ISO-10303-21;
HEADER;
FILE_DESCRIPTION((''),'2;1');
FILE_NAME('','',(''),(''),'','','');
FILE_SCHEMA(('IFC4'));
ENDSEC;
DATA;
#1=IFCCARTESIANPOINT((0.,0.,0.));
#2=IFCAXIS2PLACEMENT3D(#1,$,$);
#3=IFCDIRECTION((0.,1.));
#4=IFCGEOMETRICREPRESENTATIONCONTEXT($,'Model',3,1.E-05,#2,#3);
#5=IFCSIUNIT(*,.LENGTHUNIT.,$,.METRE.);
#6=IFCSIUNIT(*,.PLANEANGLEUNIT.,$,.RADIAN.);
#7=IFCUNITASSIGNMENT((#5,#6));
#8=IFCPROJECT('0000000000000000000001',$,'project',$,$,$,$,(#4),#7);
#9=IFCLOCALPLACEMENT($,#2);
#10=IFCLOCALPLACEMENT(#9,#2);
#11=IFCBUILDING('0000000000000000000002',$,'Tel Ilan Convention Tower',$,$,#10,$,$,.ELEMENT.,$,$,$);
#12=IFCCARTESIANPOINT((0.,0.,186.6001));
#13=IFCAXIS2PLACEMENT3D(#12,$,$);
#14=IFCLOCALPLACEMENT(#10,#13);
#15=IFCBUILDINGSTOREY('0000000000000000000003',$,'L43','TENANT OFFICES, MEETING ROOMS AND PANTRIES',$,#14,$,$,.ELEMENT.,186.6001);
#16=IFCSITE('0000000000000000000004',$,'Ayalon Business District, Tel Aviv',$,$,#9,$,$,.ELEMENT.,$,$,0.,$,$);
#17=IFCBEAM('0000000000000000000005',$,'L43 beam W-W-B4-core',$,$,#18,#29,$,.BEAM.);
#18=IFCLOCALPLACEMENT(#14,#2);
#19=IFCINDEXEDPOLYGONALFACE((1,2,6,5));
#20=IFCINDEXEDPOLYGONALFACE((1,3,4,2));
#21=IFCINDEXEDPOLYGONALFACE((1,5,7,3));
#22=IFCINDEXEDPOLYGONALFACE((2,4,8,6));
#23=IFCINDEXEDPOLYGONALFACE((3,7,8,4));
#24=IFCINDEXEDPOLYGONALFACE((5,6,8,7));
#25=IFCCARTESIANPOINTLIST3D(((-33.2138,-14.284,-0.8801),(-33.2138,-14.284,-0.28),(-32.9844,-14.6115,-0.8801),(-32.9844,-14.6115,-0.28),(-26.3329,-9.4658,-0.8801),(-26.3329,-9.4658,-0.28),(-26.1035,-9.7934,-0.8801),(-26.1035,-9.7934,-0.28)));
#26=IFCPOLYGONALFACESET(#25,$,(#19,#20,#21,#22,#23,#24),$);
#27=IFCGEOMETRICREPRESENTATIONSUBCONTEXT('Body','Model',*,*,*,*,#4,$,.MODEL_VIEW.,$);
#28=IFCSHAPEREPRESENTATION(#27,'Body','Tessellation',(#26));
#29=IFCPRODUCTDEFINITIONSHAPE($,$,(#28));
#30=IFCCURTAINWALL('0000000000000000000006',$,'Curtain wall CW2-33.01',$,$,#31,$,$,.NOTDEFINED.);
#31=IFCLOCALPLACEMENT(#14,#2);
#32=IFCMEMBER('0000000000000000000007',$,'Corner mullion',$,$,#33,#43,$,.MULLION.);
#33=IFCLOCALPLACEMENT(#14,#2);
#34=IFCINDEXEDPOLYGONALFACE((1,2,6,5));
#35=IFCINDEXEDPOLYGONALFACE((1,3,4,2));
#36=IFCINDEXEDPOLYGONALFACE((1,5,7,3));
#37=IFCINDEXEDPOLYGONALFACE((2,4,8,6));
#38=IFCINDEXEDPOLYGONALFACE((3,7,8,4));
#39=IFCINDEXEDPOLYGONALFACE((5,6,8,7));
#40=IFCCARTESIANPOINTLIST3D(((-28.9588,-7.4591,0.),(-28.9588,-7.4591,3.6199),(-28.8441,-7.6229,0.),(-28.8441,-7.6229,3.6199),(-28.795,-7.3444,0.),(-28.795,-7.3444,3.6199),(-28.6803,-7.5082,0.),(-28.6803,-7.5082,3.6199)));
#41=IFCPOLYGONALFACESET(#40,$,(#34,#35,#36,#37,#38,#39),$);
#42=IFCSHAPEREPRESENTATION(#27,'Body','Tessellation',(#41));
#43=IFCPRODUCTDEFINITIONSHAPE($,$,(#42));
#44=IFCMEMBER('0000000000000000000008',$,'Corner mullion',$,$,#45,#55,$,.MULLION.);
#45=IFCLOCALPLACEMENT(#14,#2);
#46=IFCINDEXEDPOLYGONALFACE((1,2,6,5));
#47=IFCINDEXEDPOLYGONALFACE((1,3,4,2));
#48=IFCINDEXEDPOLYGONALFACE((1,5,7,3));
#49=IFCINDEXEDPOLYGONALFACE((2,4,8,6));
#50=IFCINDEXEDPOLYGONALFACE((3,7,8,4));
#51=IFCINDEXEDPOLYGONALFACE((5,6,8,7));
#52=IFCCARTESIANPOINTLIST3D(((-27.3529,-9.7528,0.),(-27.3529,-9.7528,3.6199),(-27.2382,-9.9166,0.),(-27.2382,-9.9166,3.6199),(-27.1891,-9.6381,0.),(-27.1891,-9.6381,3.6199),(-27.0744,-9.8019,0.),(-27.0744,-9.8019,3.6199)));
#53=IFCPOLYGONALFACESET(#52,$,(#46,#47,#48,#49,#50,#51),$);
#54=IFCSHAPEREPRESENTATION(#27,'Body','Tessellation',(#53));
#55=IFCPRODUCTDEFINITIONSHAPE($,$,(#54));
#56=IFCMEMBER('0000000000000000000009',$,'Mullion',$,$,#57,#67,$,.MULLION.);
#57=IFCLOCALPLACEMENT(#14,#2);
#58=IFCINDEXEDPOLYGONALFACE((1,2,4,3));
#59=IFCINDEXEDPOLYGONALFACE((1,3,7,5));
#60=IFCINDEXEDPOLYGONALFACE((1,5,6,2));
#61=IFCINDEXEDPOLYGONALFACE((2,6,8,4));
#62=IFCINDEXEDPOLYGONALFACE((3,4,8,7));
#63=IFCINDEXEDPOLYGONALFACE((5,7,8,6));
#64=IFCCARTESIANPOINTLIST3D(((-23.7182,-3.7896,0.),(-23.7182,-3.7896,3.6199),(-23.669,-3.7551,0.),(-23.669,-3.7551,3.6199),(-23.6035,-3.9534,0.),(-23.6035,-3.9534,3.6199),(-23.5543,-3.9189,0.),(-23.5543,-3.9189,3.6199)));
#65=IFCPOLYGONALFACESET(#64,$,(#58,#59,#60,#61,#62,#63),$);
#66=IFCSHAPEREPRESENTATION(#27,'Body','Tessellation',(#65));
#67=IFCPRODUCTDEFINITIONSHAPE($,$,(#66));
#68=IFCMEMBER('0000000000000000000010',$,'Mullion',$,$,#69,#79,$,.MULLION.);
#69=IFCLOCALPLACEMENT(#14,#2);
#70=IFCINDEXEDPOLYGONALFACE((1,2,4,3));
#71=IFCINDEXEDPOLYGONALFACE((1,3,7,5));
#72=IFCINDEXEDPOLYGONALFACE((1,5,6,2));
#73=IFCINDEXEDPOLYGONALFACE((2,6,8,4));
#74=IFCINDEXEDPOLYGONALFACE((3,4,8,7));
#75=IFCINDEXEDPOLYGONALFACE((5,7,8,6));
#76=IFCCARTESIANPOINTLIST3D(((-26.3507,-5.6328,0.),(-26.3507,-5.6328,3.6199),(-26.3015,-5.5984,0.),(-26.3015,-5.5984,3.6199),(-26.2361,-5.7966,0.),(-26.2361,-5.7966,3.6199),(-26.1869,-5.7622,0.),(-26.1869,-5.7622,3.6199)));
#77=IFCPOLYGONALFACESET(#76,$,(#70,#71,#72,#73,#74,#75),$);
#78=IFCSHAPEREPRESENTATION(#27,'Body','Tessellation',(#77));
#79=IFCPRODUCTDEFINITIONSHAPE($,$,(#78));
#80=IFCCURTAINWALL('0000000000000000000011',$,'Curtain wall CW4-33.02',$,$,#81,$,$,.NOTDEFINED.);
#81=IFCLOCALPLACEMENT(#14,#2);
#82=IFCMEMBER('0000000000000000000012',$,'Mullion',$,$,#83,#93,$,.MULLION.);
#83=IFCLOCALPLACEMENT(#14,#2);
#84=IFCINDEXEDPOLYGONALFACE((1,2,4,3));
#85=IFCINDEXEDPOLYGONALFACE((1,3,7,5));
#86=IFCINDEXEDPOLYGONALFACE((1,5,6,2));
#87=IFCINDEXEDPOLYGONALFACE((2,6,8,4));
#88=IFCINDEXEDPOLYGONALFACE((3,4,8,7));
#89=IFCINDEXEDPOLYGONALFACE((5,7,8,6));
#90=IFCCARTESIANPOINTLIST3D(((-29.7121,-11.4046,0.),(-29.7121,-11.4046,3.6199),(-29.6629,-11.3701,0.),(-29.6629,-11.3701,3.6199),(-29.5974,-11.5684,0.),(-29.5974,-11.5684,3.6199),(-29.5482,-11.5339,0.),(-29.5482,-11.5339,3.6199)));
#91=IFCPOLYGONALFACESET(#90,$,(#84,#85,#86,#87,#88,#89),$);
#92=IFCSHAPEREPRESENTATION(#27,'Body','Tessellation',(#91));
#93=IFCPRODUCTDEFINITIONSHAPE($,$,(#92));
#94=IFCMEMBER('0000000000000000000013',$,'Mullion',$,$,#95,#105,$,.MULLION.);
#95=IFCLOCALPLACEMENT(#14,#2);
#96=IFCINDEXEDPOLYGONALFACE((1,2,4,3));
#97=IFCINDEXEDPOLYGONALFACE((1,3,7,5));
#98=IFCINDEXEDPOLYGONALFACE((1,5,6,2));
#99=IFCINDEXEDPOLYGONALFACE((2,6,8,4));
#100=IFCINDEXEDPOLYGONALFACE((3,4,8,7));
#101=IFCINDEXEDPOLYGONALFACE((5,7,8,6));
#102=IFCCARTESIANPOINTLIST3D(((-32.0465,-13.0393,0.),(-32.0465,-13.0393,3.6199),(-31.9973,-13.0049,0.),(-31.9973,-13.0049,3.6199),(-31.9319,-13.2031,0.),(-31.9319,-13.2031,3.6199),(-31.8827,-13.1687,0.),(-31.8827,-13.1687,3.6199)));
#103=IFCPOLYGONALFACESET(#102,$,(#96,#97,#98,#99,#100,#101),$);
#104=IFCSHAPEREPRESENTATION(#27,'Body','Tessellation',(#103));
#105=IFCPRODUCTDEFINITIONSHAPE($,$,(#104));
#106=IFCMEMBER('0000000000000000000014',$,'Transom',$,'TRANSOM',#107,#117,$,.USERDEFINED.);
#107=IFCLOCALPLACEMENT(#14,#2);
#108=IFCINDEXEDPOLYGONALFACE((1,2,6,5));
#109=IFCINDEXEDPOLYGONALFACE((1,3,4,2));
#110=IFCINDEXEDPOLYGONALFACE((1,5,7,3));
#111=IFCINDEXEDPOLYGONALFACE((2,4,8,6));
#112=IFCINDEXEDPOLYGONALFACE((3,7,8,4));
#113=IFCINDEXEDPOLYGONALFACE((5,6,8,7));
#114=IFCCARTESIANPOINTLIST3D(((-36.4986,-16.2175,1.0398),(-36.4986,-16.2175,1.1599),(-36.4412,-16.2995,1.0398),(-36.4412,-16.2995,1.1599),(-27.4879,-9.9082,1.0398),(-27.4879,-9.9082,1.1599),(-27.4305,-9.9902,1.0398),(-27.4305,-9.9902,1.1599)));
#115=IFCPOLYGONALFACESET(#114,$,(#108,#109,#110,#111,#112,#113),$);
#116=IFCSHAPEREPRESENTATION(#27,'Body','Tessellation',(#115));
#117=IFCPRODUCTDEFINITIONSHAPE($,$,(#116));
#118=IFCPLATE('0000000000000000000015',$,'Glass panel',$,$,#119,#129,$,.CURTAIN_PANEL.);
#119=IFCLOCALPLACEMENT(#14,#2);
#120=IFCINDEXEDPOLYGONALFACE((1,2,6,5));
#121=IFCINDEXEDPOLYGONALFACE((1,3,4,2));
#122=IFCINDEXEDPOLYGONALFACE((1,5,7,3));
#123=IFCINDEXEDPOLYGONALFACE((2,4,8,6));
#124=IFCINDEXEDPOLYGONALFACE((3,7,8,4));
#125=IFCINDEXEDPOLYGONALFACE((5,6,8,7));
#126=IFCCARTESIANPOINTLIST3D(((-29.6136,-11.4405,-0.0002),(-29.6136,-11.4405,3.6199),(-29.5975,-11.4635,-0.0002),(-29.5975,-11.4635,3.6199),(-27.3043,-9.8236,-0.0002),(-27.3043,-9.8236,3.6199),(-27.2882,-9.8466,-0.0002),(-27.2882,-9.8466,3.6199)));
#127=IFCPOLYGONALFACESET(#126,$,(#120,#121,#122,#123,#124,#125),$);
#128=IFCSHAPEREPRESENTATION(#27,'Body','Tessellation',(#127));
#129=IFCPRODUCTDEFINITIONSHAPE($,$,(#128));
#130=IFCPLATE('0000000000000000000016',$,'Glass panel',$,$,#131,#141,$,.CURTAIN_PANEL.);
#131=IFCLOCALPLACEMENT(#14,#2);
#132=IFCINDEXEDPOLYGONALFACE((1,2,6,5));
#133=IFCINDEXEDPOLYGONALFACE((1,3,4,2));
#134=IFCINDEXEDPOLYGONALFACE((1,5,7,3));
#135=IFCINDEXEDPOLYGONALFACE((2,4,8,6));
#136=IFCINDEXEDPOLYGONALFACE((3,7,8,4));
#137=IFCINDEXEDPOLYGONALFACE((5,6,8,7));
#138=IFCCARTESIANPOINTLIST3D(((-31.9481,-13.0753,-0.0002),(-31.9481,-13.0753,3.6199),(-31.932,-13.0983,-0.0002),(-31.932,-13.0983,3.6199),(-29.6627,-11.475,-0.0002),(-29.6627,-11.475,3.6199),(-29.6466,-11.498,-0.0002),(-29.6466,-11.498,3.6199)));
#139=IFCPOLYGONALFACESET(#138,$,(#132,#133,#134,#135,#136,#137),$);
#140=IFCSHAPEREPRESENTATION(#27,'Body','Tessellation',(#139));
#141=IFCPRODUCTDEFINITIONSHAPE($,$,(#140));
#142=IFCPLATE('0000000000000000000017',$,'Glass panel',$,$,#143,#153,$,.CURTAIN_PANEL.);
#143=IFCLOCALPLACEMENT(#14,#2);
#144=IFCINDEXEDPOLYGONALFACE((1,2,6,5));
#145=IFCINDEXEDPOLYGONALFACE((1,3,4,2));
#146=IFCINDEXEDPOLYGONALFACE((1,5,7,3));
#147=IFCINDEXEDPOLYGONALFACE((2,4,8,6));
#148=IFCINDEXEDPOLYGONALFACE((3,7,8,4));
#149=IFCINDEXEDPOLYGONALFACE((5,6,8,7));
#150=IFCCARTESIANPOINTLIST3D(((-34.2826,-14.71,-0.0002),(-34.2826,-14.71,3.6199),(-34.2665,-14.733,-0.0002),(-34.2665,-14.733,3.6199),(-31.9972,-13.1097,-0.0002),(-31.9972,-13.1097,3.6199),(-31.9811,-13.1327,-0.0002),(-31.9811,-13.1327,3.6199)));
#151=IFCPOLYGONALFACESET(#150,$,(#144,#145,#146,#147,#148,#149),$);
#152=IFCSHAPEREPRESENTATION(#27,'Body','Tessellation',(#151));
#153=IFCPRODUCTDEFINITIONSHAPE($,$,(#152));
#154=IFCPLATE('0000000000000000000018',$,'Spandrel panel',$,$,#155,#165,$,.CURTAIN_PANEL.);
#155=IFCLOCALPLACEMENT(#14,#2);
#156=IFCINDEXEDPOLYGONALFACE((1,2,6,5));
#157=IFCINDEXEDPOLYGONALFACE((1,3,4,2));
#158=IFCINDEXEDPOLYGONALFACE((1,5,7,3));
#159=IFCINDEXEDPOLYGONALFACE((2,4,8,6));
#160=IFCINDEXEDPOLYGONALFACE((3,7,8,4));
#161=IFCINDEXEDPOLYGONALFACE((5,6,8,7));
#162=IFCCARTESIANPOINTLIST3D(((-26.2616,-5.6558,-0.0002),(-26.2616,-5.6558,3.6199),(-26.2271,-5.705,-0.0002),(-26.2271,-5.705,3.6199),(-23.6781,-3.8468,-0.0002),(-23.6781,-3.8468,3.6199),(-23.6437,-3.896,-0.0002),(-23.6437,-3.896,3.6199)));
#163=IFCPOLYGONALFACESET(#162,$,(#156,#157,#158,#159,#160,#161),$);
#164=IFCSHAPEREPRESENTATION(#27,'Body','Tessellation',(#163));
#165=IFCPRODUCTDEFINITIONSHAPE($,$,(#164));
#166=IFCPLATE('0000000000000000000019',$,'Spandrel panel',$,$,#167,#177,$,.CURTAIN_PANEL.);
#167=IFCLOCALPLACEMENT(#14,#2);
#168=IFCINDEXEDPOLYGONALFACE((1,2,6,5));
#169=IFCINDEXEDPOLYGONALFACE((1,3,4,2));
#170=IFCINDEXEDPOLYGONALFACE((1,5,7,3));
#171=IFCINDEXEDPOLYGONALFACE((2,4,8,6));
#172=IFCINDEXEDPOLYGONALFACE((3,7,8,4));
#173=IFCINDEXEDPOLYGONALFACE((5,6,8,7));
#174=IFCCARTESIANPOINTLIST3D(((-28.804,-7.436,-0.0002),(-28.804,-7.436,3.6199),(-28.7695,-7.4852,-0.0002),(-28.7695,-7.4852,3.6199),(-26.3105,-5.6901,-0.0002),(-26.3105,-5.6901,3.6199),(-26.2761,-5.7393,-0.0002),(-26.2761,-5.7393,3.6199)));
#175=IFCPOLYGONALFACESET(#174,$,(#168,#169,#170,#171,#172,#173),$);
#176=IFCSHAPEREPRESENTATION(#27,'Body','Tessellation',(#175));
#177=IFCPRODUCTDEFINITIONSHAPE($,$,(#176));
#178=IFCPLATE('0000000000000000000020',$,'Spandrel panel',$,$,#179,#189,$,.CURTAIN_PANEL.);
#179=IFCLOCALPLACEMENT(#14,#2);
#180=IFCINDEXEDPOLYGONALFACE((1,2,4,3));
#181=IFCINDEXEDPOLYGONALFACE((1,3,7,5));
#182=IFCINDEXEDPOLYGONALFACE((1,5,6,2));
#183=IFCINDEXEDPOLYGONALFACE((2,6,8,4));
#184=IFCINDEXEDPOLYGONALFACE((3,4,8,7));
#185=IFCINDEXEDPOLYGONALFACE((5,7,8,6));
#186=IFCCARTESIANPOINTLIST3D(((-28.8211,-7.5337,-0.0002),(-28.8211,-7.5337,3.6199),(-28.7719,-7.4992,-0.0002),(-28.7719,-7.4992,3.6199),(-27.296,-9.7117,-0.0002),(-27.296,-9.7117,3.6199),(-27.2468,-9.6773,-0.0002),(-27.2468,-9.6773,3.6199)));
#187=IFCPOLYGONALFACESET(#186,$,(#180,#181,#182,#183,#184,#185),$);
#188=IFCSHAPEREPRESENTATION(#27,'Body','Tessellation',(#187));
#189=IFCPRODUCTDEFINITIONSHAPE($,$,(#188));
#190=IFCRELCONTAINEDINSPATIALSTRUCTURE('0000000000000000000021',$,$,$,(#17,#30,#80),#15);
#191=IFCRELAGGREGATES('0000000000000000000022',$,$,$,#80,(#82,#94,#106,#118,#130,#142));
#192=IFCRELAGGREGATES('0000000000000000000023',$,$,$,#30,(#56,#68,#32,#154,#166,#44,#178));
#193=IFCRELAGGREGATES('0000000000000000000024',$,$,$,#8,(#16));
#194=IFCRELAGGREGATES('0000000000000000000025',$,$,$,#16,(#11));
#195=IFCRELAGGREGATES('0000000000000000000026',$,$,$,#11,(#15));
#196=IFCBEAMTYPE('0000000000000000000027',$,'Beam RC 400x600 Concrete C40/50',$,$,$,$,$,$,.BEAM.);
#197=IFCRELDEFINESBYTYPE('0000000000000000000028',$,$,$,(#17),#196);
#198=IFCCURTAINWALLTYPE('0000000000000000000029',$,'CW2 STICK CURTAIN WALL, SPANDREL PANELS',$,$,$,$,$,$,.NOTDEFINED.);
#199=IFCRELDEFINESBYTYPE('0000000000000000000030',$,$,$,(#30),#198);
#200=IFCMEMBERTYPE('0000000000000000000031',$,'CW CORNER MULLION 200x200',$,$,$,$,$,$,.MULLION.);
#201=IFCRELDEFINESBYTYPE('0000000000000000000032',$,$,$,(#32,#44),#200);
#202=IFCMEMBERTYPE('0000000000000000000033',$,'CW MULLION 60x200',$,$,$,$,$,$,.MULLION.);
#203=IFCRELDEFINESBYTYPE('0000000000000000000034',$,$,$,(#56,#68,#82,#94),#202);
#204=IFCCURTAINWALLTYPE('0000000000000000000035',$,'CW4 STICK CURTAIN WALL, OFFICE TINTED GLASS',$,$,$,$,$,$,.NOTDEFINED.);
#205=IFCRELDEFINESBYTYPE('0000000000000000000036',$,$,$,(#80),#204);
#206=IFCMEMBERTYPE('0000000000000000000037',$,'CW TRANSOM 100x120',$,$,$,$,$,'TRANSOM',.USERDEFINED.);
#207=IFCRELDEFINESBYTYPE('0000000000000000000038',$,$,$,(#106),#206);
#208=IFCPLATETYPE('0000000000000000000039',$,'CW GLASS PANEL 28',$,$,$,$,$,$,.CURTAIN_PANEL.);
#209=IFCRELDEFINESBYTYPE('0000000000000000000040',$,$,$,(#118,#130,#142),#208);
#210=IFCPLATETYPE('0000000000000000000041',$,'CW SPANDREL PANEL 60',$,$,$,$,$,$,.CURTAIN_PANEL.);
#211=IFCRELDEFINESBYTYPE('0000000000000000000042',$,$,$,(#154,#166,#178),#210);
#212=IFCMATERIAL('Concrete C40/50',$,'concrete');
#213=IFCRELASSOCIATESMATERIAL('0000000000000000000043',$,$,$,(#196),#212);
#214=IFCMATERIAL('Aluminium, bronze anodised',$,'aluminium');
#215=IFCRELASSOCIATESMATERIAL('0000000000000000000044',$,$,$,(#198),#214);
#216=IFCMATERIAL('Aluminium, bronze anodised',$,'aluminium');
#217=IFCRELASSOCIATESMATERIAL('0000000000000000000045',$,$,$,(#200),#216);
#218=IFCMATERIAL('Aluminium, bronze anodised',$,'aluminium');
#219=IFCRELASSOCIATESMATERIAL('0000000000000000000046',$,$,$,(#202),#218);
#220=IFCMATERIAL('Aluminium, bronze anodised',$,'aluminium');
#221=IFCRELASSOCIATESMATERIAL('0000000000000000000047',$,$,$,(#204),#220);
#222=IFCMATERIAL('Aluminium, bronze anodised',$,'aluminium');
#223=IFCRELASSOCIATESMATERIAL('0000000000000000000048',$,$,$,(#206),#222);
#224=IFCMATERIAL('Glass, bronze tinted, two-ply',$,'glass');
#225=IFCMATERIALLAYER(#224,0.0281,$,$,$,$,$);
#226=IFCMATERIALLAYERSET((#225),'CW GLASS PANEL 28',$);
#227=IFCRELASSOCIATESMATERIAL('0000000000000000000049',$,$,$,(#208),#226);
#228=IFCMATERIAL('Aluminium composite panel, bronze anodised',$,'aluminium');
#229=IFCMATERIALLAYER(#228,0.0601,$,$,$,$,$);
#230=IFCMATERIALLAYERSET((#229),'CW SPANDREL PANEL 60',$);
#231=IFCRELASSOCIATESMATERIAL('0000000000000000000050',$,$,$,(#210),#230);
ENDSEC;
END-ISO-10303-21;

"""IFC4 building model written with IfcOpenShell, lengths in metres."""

from ifc_helpers import new_model, si_unit, direction, frame, origin, origin_2d, place, context, subcontext, project, spatial, rectangle, extrude, material, layer, layer_set, material_profile, profile_set, type_object, element, aggregate, save


model = new_model("IFC4")

# Units and contexts
model_context = context("Model", 3, precision=1e-05, world=origin(), true_north=direction((0.0, 1.0)))
body_context = subcontext(model_context, "Body", "Model", "MODEL_VIEW")
ifc_project = project(units=[si_unit("LENGTHUNIT", "METRE"), si_unit("PLANEANGLEUNIT", "RADIAN")], contexts=[model_context])

# Site, building, storey
site_placement = place(None, origin())
site = spatial("IfcSite", under=ifc_project, at=site_placement, Name="Ayalon Business District, Tel Aviv", CompositionType="ELEMENT", RefElevation=0.0)
building_placement = place(site_placement, origin())
building = spatial("IfcBuilding", under=site, at=building_placement, Name="Tel Ilan Convention Tower", CompositionType="ELEMENT")
storey_placement = place(building_placement, frame((0.0, 0.0, 186.6001)))
storey = spatial("IfcBuildingStorey", under=building, at=storey_placement, Name="L43", Description="TENANT OFFICES, MEETING ROOMS AND PANTRIES", CompositionType="ELEMENT", Elevation=186.6001)

# Beam
ifc_material_1 = material(Name="Concrete C40/50", Category="concrete")
ifc_material_profile_1 = material_profile(ifc_material_1, rectangle(XDim=0.3999, YDim=0.6001, at=origin_2d()), Name="RC 400x600")
ifc_profile_set_1 = profile_set([ifc_material_profile_1], Name="Concrete C40/50")
beam_type = type_object("IfcBeamType", Name="Beam RC 400x600 Concrete C40/50", PredefinedType="BEAM", material=ifc_profile_set_1)
beam_placement = place(storey_placement, frame((-33.0991, -14.4478, -0.5801), z_axis=(0.819147, 0.573583, 0.0), x_axis=(-0.573583, 0.819147, 0.0)))
element("IfcBeam", 1, at=beam_placement, inside=storey, type_object=beam_type, Name="L43 beam W-W-B4-core", PredefinedType="BEAM", context=body_context, shape_type="SweptSolid", body=[
    extrude(rectangle(XDim=0.3999, YDim=0.6001, at=origin_2d()), origin(), (0.0, 0.0, 1.0), 8.4001),
])

# Curtain wall, members
ifc_material_2 = material(Name="Aluminium, bronze anodised", Category="aluminium")
curtain_wall_type_1 = type_object("IfcCurtainWallType", Name="CW2 STICK CURTAIN WALL, SPANDREL PANELS", PredefinedType="NOTDEFINED", material=ifc_material_2)
curtain_wall_1_placement = place(storey_placement, origin())
curtain_wall_1 = element("IfcCurtainWall", 2, at=curtain_wall_1_placement, inside=storey, type_object=curtain_wall_type_1, Name="Curtain wall CW2-33.01", PredefinedType="NOTDEFINED")
ifc_material_3 = material(Name="Aluminium, bronze anodised", Category="aluminium")
ifc_material_profile_2 = material_profile(ifc_material_3, rectangle(XDim=0.2, YDim=0.2, at=origin_2d()), Name="CW CORNER MULLION 200x200")
ifc_profile_set_2 = profile_set([ifc_material_profile_2], Name="Aluminium, bronze anodised")
member_type_1 = type_object("IfcMemberType", Name="CW CORNER MULLION 200x200", PredefinedType="MULLION", material=ifc_profile_set_2)
member_1_placement = place(storey_placement, frame((-28.8196, -7.4836, 0.0), z_axis=(0.0, 0.0, 1.0), x_axis=(-0.819152, -0.573576, 0.0)))
member_1 = element("IfcMember", 3, at=member_1_placement, type_object=member_type_1, Name="Corner mullion", PredefinedType="MULLION", context=body_context, shape_type="SweptSolid", body=[
    extrude(rectangle(XDim=0.2, YDim=0.2, at=origin_2d()), origin(), (0.0, 0.0, 1.0), 3.6199),
])
member_2_placement = place(storey_placement, frame((-27.2136, -9.7773, 0.0), z_axis=(0.0, 0.0, 1.0), x_axis=(0.573576, -0.819152, 0.0)))
member_2 = element("IfcMember", 4, at=member_2_placement, type_object=member_type_1, Name="Corner mullion", PredefinedType="MULLION", context=body_context, shape_type="SweptSolid", body=[
    extrude(rectangle(XDim=0.2, YDim=0.2, at=origin_2d()), origin(), (0.0, 0.0, 1.0), 3.6199),
])
ifc_material_4 = material(Name="Aluminium, bronze anodised", Category="aluminium")
ifc_material_profile_3 = material_profile(ifc_material_4, rectangle(XDim=0.0601, YDim=0.2, at=origin_2d()), Name="CW MULLION 60x200")
ifc_profile_set_3 = profile_set([ifc_material_profile_3], Name="Aluminium, bronze anodised")
member_type_2 = type_object("IfcMemberType", Name="CW MULLION 60x200", PredefinedType="MULLION", material=ifc_profile_set_3)
member_3_placement = place(storey_placement, frame((-23.6362, -3.8542, 0.0), z_axis=(0.0, 0.0, 1.0), x_axis=(-0.819152, -0.573576, 0.0)))
member_3 = element("IfcMember", 5, at=member_3_placement, type_object=member_type_2, Name="Mullion", PredefinedType="MULLION", context=body_context, shape_type="SweptSolid", body=[
    extrude(rectangle(XDim=0.0601, YDim=0.2, at=origin_2d()), origin(), (0.0, 0.0, 1.0), 3.6199),
])
member_4_placement = place(storey_placement, frame((-26.2688, -5.6975, 0.0), z_axis=(0.0, 0.0, 1.0), x_axis=(-0.819152, -0.573576, 0.0)))
member_4 = element("IfcMember", 6, at=member_4_placement, type_object=member_type_2, Name="Mullion", PredefinedType="MULLION", context=body_context, shape_type="SweptSolid", body=[
    extrude(rectangle(XDim=0.0601, YDim=0.2, at=origin_2d()), origin(), (0.0, 0.0, 1.0), 3.6199),
])

# Curtain wall, members, plates
ifc_material_5 = material(Name="Aluminium, bronze anodised", Category="aluminium")
curtain_wall_type_2 = type_object("IfcCurtainWallType", Name="CW4 STICK CURTAIN WALL, OFFICE TINTED GLASS", PredefinedType="NOTDEFINED", material=ifc_material_5)
curtain_wall_2_placement = place(storey_placement, origin())
curtain_wall_2 = element("IfcCurtainWall", 7, at=curtain_wall_2_placement, inside=storey, type_object=curtain_wall_type_2, Name="Curtain wall CW4-33.02", PredefinedType="NOTDEFINED")
member_5_placement = place(storey_placement, frame((-29.6301, -11.4692, 0.0), z_axis=(0.0, 0.0, 1.0), x_axis=(-0.819152, -0.573576, 0.0)))
member_5 = element("IfcMember", 8, at=member_5_placement, type_object=member_type_2, Name="Mullion", PredefinedType="MULLION", context=body_context, shape_type="SweptSolid", body=[
    extrude(rectangle(XDim=0.0601, YDim=0.2, at=origin_2d()), origin(), (0.0, 0.0, 1.0), 3.6199),
])
member_6_placement = place(storey_placement, frame((-31.9646, -13.104, 0.0), z_axis=(0.0, 0.0, 1.0), x_axis=(-0.819152, -0.573576, 0.0)))
member_6 = element("IfcMember", 9, at=member_6_placement, type_object=member_type_2, Name="Mullion", PredefinedType="MULLION", context=body_context, shape_type="SweptSolid", body=[
    extrude(rectangle(XDim=0.0601, YDim=0.2, at=origin_2d()), origin(), (0.0, 0.0, 1.0), 3.6199),
])
ifc_material_6 = material(Name="Aluminium, bronze anodised", Category="aluminium")
ifc_material_profile_4 = material_profile(ifc_material_6, rectangle(XDim=0.1001, YDim=0.1201, at=origin_2d()), Name="CW TRANSOM 100x120")
ifc_profile_set_4 = profile_set([ifc_material_profile_4], Name="Aluminium, bronze anodised")
member_type_3 = type_object("IfcMemberType", Name="CW TRANSOM 100x120", ElementType="TRANSOM", PredefinedType="USERDEFINED", material=ifc_profile_set_4)
member_7_placement = place(storey_placement, frame((-27.4592, -9.9492, 1.0999), z_axis=(-0.819155, -0.573573, 0.0), x_axis=(0.573573, -0.819155, 0.0)))
member_7 = element("IfcMember", 10, at=member_7_placement, type_object=member_type_3, Name="Transom", ObjectType="TRANSOM", PredefinedType="USERDEFINED", context=body_context, shape_type="SweptSolid", body=[
    extrude(rectangle(XDim=0.1001, YDim=0.1201, at=origin_2d()), origin(), (0.0, 0.0, 1.0), 11.0),
])
ifc_material_7 = material(Name="Glass, bronze tinted, two-ply", Category="glass")
ifc_layer_1 = layer(ifc_material_7, 0.0281)
ifc_layer_set_1 = layer_set([ifc_layer_1], Name="CW GLASS PANEL 28")
plate_type_1 = type_object("IfcPlateType", Name="CW GLASS PANEL 28", PredefinedType="CURTAIN_PANEL", material=ifc_layer_set_1)
plate_1_placement = place(storey_placement, frame((-28.4509, -10.6436, -0.0002), z_axis=(0.0, 0.0, 1.0), x_axis=(-0.819152, -0.573576, 0.0)))
plate_1 = element("IfcPlate", 11, at=plate_1_placement, type_object=plate_type_1, Name="Glass panel", PredefinedType="CURTAIN_PANEL", context=body_context, shape_type="SweptSolid", body=[
    extrude(rectangle(XDim=2.8191, YDim=0.0281, at=origin_2d()), origin(), (0.0, 0.0, 1.0), 3.6201),
])
plate_2_placement = place(storey_placement, frame((-30.7974, -12.2866, -0.0002), z_axis=(0.0, 0.0, 1.0), x_axis=(-0.819152, -0.573576, 0.0)))
plate_2 = element("IfcPlate", 12, at=plate_2_placement, type_object=plate_type_1, Name="Glass panel", PredefinedType="CURTAIN_PANEL", context=body_context, shape_type="SweptSolid", body=[
    extrude(rectangle(XDim=2.79, YDim=0.0281, at=origin_2d()), origin(), (0.0, 0.0, 1.0), 3.6201),
])
plate_3_placement = place(storey_placement, frame((-33.1318, -13.9214, -0.0002), z_axis=(0.0, 0.0, 1.0), x_axis=(-0.819152, -0.573576, 0.0)))
plate_3 = element("IfcPlate", 13, at=plate_3_placement, type_object=plate_type_1, Name="Glass panel", PredefinedType="CURTAIN_PANEL", context=body_context, shape_type="SweptSolid", body=[
    extrude(rectangle(XDim=2.79, YDim=0.0281, at=origin_2d()), origin(), (0.0, 0.0, 1.0), 3.6201),
])
aggregate(curtain_wall_2, [member_5, member_6, member_7, plate_1, plate_2, plate_3])

# Plates
ifc_material_8 = material(Name="Aluminium composite panel, bronze anodised", Category="aluminium")
ifc_layer_2 = layer(ifc_material_8, 0.0601)
ifc_layer_set_2 = layer_set([ifc_layer_2], Name="CW SPANDREL PANEL 60")
plate_type_2 = type_object("IfcPlateType", Name="CW SPANDREL PANEL 60", PredefinedType="CURTAIN_PANEL", material=ifc_layer_set_2)
plate_4_placement = place(storey_placement, frame((-24.9526, -4.7759, -0.0002), z_axis=(0.0, 0.0, 1.0), x_axis=(-0.819152, -0.573576, 0.0)))
plate_4 = element("IfcPlate", 14, at=plate_4_placement, type_object=plate_type_2, Name="Spandrel panel", PredefinedType="CURTAIN_PANEL", context=body_context, shape_type="SweptSolid", body=[
    extrude(rectangle(XDim=3.1538, YDim=0.0601, at=origin_2d()), origin(), (0.0, 0.0, 1.0), 3.6201),
])
plate_5_placement = place(storey_placement, frame((-27.54, -6.5876, -0.0002), z_axis=(0.0, 0.0, 1.0), x_axis=(-0.819152, -0.573576, 0.0)))
plate_5 = element("IfcPlate", 15, at=plate_5_placement, type_object=plate_type_2, Name="Spandrel panel", PredefinedType="CURTAIN_PANEL", context=body_context, shape_type="SweptSolid", body=[
    extrude(rectangle(XDim=3.0439, YDim=0.0601, at=origin_2d()), origin(), (0.0, 0.0, 1.0), 3.6201),
])
plate_6_placement = place(storey_placement, frame((-28.0339, -8.6055, -0.0002), z_axis=(0.0, 0.0, 1.0), x_axis=(0.573576, -0.819152, 0.0)))
plate_6 = element("IfcPlate", 16, at=plate_6_placement, type_object=plate_type_2, Name="Spandrel panel", PredefinedType="CURTAIN_PANEL", context=body_context, shape_type="SweptSolid", body=[
    extrude(rectangle(XDim=2.6589, YDim=0.0601, at=origin_2d()), origin(), (0.0, 0.0, 1.0), 3.6201),
])
aggregate(curtain_wall_1, [member_3, member_4, member_1, plate_4, plate_5, member_2, plate_6])

save(model, "model.ifc")
